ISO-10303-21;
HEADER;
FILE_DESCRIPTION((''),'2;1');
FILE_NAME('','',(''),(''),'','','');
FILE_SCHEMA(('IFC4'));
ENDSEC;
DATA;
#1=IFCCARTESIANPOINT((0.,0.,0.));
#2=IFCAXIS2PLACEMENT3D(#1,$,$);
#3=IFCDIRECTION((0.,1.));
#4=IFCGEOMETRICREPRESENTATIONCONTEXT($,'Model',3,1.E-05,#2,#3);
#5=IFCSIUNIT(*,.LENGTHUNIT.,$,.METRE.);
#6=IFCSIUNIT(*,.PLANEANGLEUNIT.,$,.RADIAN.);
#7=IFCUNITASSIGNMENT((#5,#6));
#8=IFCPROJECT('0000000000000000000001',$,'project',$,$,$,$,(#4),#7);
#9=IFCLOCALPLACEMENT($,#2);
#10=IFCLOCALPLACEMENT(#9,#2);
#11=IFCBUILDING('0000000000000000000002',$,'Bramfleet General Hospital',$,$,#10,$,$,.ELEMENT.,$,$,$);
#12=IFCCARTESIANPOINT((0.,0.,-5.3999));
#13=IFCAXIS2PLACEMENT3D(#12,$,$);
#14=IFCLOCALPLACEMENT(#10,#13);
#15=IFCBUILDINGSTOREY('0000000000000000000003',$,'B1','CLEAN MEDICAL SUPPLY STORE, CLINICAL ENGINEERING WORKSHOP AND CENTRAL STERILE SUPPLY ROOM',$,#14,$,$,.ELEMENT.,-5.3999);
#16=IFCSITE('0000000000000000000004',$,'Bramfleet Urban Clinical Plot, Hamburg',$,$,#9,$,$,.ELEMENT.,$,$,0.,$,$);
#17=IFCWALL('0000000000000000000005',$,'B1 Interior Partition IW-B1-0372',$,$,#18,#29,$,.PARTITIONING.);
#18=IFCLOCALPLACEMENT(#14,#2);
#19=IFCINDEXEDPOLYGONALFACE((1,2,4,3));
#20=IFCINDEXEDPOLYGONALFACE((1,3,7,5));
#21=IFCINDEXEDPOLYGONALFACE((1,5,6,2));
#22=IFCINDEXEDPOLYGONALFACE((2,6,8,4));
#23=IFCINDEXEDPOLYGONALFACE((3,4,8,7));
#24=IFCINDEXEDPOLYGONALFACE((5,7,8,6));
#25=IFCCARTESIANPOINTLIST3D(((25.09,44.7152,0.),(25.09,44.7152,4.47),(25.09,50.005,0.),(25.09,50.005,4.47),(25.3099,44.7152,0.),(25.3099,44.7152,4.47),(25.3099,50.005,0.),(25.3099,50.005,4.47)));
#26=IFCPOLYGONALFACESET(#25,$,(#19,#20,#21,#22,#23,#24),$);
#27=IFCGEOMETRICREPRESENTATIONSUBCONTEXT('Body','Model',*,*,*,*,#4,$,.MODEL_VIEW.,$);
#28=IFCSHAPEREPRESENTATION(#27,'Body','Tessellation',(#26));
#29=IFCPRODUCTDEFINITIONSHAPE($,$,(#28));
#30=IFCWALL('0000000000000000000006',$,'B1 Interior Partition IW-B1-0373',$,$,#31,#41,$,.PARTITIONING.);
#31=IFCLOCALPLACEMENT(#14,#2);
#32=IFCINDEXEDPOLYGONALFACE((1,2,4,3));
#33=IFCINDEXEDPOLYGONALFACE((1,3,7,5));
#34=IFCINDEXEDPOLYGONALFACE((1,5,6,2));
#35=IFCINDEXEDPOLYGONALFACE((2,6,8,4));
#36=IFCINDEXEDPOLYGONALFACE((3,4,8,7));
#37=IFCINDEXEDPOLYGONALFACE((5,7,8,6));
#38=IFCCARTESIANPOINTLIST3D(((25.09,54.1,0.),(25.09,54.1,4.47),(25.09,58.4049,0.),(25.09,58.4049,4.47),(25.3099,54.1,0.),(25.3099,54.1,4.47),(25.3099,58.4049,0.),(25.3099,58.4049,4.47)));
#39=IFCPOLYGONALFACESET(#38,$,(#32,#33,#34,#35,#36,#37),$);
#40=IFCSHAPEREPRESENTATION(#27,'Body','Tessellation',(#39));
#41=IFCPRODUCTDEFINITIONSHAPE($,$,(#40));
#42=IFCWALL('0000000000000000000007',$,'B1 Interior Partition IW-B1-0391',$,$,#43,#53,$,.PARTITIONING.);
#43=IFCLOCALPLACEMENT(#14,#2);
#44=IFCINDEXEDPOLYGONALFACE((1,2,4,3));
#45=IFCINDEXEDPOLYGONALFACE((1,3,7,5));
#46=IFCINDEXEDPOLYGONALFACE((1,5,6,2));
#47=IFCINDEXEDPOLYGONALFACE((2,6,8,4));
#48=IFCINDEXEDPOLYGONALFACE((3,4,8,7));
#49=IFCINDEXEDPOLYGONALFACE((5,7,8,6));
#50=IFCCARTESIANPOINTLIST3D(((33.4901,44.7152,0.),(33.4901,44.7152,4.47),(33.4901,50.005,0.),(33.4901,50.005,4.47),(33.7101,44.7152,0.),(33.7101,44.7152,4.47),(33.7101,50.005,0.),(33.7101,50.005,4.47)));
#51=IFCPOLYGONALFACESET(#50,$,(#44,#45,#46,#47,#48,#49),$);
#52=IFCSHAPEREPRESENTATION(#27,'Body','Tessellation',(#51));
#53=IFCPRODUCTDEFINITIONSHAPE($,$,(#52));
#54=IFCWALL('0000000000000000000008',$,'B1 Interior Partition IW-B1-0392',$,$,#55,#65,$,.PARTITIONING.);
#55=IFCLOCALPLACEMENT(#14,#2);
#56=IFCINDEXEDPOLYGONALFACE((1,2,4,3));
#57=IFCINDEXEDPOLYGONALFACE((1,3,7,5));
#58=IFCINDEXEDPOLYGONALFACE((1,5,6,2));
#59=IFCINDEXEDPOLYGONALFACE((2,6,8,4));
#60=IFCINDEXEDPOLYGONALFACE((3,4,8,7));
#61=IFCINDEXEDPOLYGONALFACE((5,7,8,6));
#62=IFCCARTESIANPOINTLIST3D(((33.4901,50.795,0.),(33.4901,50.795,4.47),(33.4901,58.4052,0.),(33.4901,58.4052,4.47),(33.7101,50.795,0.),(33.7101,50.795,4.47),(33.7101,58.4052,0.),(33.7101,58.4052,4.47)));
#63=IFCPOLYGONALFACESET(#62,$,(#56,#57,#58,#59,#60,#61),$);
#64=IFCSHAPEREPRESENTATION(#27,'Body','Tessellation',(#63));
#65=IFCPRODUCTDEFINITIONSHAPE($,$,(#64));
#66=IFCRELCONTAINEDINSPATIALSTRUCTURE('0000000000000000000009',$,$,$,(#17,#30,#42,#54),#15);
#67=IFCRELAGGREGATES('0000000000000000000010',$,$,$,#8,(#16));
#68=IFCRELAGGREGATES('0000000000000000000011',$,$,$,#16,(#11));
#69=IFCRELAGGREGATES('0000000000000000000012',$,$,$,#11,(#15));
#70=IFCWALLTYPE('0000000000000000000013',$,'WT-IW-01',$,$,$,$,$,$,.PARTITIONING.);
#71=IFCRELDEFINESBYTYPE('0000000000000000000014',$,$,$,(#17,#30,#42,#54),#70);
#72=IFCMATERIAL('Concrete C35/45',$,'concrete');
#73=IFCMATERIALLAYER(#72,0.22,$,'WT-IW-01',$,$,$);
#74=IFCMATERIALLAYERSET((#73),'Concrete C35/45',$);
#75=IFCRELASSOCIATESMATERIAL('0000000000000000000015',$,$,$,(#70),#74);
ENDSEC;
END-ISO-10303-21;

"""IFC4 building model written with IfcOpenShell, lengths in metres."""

from ifc_helpers import new_model, si_unit, direction, frame, frame_2d, origin, place, context, subcontext, project, spatial, rectangle, extrude, material, layer, layer_set, type_object, element, save


model = new_model("IFC4")

# Units and contexts
model_context = context("Model", 3, precision=1e-05, world=origin(), true_north=direction((0.0, 1.0)))
body_context = subcontext(model_context, "Body", "Model", "MODEL_VIEW")
ifc_project = project(units=[si_unit("LENGTHUNIT", "METRE"), si_unit("PLANEANGLEUNIT", "RADIAN")], contexts=[model_context])

# Site, building, storey
site_placement = place(None, origin())
site = spatial("IfcSite", under=ifc_project, at=site_placement, Name="Bramfleet Urban Clinical Plot, Hamburg", CompositionType="ELEMENT", RefElevation=0.0)
building_placement = place(site_placement, origin())
building = spatial("IfcBuilding", under=site, at=building_placement, Name="Bramfleet General Hospital", CompositionType="ELEMENT")
storey_placement = place(building_placement, frame((0.0, 0.0, -5.3999)))
storey = spatial("IfcBuildingStorey", under=building, at=storey_placement, Name="B1", Description="CLEAN MEDICAL SUPPLY STORE, CLINICAL ENGINEERING WORKSHOP AND CENTRAL STERILE SUPPLY ROOM", CompositionType="ELEMENT", Elevation=-5.3999)

# Shared definitions
ifc_material_1 = material(Name="Concrete C35/45", Category="concrete")

# Shared definitions
ifc_layer = layer(ifc_material_1, 0.22, Name="WT-IW-01")
ifc_layer_set = layer_set([ifc_layer], Name="Concrete C35/45")
wall_type = type_object("IfcWallType", Name="WT-IW-01", PredefinedType="PARTITIONING", material=ifc_layer_set)

# Walls
wall_1_placement = place(storey_placement, frame((25.2, 44.7151, 0.0), z_axis=(0.0, 0.0, 1.0), x_axis=(0.0, 1.0, 0.0)))
element("IfcWall", 1, at=wall_1_placement, inside=storey, type_object=wall_type, Name="B1 Interior Partition IW-B1-0372", PredefinedType="PARTITIONING", context=body_context, shape_type="SweptSolid", body=[
    extrude(rectangle(XDim=5.2898, YDim=0.22, at=frame_2d((2.645, 0.0))), origin(), (0.0, 0.0, 1.0), 4.47),
])
wall_2_placement = place(storey_placement, frame((25.2, 54.1001, 0.0), z_axis=(0.0, 0.0, 1.0), x_axis=(0.0, 1.0, 0.0)))
element("IfcWall", 2, at=wall_2_placement, inside=storey, type_object=wall_type, Name="B1 Interior Partition IW-B1-0373", PredefinedType="PARTITIONING", context=body_context, shape_type="SweptSolid", body=[
    extrude(rectangle(XDim=4.3049, YDim=0.22, at=frame_2d((2.1523, 0.0))), origin(), (0.0, 0.0, 1.0), 4.47),
])
wall_3_placement = place(storey_placement, frame((33.6001, 44.7151, 0.0), z_axis=(0.0, 0.0, 1.0), x_axis=(0.0, 1.0, 0.0)))
element("IfcWall", 3, at=wall_3_placement, inside=storey, type_object=wall_type, Name="B1 Interior Partition IW-B1-0391", PredefinedType="PARTITIONING", context=body_context, shape_type="SweptSolid", body=[
    extrude(rectangle(XDim=5.2898, YDim=0.22, at=frame_2d((2.645, 0.0))), origin(), (0.0, 0.0, 1.0), 4.47),
])
wall_4_placement = place(storey_placement, frame((33.6001, 50.7949, 0.0), z_axis=(0.0, 0.0, 1.0), x_axis=(0.0, 1.0, 0.0)))
element("IfcWall", 4, at=wall_4_placement, inside=storey, type_object=wall_type, Name="B1 Interior Partition IW-B1-0392", PredefinedType="PARTITIONING", context=body_context, shape_type="SweptSolid", body=[
    extrude(rectangle(XDim=7.6101, YDim=0.22, at=frame_2d((3.8052, 0.0))), origin(), (0.0, 0.0, 1.0), 4.47),
])

save(model, "model.ifc")
